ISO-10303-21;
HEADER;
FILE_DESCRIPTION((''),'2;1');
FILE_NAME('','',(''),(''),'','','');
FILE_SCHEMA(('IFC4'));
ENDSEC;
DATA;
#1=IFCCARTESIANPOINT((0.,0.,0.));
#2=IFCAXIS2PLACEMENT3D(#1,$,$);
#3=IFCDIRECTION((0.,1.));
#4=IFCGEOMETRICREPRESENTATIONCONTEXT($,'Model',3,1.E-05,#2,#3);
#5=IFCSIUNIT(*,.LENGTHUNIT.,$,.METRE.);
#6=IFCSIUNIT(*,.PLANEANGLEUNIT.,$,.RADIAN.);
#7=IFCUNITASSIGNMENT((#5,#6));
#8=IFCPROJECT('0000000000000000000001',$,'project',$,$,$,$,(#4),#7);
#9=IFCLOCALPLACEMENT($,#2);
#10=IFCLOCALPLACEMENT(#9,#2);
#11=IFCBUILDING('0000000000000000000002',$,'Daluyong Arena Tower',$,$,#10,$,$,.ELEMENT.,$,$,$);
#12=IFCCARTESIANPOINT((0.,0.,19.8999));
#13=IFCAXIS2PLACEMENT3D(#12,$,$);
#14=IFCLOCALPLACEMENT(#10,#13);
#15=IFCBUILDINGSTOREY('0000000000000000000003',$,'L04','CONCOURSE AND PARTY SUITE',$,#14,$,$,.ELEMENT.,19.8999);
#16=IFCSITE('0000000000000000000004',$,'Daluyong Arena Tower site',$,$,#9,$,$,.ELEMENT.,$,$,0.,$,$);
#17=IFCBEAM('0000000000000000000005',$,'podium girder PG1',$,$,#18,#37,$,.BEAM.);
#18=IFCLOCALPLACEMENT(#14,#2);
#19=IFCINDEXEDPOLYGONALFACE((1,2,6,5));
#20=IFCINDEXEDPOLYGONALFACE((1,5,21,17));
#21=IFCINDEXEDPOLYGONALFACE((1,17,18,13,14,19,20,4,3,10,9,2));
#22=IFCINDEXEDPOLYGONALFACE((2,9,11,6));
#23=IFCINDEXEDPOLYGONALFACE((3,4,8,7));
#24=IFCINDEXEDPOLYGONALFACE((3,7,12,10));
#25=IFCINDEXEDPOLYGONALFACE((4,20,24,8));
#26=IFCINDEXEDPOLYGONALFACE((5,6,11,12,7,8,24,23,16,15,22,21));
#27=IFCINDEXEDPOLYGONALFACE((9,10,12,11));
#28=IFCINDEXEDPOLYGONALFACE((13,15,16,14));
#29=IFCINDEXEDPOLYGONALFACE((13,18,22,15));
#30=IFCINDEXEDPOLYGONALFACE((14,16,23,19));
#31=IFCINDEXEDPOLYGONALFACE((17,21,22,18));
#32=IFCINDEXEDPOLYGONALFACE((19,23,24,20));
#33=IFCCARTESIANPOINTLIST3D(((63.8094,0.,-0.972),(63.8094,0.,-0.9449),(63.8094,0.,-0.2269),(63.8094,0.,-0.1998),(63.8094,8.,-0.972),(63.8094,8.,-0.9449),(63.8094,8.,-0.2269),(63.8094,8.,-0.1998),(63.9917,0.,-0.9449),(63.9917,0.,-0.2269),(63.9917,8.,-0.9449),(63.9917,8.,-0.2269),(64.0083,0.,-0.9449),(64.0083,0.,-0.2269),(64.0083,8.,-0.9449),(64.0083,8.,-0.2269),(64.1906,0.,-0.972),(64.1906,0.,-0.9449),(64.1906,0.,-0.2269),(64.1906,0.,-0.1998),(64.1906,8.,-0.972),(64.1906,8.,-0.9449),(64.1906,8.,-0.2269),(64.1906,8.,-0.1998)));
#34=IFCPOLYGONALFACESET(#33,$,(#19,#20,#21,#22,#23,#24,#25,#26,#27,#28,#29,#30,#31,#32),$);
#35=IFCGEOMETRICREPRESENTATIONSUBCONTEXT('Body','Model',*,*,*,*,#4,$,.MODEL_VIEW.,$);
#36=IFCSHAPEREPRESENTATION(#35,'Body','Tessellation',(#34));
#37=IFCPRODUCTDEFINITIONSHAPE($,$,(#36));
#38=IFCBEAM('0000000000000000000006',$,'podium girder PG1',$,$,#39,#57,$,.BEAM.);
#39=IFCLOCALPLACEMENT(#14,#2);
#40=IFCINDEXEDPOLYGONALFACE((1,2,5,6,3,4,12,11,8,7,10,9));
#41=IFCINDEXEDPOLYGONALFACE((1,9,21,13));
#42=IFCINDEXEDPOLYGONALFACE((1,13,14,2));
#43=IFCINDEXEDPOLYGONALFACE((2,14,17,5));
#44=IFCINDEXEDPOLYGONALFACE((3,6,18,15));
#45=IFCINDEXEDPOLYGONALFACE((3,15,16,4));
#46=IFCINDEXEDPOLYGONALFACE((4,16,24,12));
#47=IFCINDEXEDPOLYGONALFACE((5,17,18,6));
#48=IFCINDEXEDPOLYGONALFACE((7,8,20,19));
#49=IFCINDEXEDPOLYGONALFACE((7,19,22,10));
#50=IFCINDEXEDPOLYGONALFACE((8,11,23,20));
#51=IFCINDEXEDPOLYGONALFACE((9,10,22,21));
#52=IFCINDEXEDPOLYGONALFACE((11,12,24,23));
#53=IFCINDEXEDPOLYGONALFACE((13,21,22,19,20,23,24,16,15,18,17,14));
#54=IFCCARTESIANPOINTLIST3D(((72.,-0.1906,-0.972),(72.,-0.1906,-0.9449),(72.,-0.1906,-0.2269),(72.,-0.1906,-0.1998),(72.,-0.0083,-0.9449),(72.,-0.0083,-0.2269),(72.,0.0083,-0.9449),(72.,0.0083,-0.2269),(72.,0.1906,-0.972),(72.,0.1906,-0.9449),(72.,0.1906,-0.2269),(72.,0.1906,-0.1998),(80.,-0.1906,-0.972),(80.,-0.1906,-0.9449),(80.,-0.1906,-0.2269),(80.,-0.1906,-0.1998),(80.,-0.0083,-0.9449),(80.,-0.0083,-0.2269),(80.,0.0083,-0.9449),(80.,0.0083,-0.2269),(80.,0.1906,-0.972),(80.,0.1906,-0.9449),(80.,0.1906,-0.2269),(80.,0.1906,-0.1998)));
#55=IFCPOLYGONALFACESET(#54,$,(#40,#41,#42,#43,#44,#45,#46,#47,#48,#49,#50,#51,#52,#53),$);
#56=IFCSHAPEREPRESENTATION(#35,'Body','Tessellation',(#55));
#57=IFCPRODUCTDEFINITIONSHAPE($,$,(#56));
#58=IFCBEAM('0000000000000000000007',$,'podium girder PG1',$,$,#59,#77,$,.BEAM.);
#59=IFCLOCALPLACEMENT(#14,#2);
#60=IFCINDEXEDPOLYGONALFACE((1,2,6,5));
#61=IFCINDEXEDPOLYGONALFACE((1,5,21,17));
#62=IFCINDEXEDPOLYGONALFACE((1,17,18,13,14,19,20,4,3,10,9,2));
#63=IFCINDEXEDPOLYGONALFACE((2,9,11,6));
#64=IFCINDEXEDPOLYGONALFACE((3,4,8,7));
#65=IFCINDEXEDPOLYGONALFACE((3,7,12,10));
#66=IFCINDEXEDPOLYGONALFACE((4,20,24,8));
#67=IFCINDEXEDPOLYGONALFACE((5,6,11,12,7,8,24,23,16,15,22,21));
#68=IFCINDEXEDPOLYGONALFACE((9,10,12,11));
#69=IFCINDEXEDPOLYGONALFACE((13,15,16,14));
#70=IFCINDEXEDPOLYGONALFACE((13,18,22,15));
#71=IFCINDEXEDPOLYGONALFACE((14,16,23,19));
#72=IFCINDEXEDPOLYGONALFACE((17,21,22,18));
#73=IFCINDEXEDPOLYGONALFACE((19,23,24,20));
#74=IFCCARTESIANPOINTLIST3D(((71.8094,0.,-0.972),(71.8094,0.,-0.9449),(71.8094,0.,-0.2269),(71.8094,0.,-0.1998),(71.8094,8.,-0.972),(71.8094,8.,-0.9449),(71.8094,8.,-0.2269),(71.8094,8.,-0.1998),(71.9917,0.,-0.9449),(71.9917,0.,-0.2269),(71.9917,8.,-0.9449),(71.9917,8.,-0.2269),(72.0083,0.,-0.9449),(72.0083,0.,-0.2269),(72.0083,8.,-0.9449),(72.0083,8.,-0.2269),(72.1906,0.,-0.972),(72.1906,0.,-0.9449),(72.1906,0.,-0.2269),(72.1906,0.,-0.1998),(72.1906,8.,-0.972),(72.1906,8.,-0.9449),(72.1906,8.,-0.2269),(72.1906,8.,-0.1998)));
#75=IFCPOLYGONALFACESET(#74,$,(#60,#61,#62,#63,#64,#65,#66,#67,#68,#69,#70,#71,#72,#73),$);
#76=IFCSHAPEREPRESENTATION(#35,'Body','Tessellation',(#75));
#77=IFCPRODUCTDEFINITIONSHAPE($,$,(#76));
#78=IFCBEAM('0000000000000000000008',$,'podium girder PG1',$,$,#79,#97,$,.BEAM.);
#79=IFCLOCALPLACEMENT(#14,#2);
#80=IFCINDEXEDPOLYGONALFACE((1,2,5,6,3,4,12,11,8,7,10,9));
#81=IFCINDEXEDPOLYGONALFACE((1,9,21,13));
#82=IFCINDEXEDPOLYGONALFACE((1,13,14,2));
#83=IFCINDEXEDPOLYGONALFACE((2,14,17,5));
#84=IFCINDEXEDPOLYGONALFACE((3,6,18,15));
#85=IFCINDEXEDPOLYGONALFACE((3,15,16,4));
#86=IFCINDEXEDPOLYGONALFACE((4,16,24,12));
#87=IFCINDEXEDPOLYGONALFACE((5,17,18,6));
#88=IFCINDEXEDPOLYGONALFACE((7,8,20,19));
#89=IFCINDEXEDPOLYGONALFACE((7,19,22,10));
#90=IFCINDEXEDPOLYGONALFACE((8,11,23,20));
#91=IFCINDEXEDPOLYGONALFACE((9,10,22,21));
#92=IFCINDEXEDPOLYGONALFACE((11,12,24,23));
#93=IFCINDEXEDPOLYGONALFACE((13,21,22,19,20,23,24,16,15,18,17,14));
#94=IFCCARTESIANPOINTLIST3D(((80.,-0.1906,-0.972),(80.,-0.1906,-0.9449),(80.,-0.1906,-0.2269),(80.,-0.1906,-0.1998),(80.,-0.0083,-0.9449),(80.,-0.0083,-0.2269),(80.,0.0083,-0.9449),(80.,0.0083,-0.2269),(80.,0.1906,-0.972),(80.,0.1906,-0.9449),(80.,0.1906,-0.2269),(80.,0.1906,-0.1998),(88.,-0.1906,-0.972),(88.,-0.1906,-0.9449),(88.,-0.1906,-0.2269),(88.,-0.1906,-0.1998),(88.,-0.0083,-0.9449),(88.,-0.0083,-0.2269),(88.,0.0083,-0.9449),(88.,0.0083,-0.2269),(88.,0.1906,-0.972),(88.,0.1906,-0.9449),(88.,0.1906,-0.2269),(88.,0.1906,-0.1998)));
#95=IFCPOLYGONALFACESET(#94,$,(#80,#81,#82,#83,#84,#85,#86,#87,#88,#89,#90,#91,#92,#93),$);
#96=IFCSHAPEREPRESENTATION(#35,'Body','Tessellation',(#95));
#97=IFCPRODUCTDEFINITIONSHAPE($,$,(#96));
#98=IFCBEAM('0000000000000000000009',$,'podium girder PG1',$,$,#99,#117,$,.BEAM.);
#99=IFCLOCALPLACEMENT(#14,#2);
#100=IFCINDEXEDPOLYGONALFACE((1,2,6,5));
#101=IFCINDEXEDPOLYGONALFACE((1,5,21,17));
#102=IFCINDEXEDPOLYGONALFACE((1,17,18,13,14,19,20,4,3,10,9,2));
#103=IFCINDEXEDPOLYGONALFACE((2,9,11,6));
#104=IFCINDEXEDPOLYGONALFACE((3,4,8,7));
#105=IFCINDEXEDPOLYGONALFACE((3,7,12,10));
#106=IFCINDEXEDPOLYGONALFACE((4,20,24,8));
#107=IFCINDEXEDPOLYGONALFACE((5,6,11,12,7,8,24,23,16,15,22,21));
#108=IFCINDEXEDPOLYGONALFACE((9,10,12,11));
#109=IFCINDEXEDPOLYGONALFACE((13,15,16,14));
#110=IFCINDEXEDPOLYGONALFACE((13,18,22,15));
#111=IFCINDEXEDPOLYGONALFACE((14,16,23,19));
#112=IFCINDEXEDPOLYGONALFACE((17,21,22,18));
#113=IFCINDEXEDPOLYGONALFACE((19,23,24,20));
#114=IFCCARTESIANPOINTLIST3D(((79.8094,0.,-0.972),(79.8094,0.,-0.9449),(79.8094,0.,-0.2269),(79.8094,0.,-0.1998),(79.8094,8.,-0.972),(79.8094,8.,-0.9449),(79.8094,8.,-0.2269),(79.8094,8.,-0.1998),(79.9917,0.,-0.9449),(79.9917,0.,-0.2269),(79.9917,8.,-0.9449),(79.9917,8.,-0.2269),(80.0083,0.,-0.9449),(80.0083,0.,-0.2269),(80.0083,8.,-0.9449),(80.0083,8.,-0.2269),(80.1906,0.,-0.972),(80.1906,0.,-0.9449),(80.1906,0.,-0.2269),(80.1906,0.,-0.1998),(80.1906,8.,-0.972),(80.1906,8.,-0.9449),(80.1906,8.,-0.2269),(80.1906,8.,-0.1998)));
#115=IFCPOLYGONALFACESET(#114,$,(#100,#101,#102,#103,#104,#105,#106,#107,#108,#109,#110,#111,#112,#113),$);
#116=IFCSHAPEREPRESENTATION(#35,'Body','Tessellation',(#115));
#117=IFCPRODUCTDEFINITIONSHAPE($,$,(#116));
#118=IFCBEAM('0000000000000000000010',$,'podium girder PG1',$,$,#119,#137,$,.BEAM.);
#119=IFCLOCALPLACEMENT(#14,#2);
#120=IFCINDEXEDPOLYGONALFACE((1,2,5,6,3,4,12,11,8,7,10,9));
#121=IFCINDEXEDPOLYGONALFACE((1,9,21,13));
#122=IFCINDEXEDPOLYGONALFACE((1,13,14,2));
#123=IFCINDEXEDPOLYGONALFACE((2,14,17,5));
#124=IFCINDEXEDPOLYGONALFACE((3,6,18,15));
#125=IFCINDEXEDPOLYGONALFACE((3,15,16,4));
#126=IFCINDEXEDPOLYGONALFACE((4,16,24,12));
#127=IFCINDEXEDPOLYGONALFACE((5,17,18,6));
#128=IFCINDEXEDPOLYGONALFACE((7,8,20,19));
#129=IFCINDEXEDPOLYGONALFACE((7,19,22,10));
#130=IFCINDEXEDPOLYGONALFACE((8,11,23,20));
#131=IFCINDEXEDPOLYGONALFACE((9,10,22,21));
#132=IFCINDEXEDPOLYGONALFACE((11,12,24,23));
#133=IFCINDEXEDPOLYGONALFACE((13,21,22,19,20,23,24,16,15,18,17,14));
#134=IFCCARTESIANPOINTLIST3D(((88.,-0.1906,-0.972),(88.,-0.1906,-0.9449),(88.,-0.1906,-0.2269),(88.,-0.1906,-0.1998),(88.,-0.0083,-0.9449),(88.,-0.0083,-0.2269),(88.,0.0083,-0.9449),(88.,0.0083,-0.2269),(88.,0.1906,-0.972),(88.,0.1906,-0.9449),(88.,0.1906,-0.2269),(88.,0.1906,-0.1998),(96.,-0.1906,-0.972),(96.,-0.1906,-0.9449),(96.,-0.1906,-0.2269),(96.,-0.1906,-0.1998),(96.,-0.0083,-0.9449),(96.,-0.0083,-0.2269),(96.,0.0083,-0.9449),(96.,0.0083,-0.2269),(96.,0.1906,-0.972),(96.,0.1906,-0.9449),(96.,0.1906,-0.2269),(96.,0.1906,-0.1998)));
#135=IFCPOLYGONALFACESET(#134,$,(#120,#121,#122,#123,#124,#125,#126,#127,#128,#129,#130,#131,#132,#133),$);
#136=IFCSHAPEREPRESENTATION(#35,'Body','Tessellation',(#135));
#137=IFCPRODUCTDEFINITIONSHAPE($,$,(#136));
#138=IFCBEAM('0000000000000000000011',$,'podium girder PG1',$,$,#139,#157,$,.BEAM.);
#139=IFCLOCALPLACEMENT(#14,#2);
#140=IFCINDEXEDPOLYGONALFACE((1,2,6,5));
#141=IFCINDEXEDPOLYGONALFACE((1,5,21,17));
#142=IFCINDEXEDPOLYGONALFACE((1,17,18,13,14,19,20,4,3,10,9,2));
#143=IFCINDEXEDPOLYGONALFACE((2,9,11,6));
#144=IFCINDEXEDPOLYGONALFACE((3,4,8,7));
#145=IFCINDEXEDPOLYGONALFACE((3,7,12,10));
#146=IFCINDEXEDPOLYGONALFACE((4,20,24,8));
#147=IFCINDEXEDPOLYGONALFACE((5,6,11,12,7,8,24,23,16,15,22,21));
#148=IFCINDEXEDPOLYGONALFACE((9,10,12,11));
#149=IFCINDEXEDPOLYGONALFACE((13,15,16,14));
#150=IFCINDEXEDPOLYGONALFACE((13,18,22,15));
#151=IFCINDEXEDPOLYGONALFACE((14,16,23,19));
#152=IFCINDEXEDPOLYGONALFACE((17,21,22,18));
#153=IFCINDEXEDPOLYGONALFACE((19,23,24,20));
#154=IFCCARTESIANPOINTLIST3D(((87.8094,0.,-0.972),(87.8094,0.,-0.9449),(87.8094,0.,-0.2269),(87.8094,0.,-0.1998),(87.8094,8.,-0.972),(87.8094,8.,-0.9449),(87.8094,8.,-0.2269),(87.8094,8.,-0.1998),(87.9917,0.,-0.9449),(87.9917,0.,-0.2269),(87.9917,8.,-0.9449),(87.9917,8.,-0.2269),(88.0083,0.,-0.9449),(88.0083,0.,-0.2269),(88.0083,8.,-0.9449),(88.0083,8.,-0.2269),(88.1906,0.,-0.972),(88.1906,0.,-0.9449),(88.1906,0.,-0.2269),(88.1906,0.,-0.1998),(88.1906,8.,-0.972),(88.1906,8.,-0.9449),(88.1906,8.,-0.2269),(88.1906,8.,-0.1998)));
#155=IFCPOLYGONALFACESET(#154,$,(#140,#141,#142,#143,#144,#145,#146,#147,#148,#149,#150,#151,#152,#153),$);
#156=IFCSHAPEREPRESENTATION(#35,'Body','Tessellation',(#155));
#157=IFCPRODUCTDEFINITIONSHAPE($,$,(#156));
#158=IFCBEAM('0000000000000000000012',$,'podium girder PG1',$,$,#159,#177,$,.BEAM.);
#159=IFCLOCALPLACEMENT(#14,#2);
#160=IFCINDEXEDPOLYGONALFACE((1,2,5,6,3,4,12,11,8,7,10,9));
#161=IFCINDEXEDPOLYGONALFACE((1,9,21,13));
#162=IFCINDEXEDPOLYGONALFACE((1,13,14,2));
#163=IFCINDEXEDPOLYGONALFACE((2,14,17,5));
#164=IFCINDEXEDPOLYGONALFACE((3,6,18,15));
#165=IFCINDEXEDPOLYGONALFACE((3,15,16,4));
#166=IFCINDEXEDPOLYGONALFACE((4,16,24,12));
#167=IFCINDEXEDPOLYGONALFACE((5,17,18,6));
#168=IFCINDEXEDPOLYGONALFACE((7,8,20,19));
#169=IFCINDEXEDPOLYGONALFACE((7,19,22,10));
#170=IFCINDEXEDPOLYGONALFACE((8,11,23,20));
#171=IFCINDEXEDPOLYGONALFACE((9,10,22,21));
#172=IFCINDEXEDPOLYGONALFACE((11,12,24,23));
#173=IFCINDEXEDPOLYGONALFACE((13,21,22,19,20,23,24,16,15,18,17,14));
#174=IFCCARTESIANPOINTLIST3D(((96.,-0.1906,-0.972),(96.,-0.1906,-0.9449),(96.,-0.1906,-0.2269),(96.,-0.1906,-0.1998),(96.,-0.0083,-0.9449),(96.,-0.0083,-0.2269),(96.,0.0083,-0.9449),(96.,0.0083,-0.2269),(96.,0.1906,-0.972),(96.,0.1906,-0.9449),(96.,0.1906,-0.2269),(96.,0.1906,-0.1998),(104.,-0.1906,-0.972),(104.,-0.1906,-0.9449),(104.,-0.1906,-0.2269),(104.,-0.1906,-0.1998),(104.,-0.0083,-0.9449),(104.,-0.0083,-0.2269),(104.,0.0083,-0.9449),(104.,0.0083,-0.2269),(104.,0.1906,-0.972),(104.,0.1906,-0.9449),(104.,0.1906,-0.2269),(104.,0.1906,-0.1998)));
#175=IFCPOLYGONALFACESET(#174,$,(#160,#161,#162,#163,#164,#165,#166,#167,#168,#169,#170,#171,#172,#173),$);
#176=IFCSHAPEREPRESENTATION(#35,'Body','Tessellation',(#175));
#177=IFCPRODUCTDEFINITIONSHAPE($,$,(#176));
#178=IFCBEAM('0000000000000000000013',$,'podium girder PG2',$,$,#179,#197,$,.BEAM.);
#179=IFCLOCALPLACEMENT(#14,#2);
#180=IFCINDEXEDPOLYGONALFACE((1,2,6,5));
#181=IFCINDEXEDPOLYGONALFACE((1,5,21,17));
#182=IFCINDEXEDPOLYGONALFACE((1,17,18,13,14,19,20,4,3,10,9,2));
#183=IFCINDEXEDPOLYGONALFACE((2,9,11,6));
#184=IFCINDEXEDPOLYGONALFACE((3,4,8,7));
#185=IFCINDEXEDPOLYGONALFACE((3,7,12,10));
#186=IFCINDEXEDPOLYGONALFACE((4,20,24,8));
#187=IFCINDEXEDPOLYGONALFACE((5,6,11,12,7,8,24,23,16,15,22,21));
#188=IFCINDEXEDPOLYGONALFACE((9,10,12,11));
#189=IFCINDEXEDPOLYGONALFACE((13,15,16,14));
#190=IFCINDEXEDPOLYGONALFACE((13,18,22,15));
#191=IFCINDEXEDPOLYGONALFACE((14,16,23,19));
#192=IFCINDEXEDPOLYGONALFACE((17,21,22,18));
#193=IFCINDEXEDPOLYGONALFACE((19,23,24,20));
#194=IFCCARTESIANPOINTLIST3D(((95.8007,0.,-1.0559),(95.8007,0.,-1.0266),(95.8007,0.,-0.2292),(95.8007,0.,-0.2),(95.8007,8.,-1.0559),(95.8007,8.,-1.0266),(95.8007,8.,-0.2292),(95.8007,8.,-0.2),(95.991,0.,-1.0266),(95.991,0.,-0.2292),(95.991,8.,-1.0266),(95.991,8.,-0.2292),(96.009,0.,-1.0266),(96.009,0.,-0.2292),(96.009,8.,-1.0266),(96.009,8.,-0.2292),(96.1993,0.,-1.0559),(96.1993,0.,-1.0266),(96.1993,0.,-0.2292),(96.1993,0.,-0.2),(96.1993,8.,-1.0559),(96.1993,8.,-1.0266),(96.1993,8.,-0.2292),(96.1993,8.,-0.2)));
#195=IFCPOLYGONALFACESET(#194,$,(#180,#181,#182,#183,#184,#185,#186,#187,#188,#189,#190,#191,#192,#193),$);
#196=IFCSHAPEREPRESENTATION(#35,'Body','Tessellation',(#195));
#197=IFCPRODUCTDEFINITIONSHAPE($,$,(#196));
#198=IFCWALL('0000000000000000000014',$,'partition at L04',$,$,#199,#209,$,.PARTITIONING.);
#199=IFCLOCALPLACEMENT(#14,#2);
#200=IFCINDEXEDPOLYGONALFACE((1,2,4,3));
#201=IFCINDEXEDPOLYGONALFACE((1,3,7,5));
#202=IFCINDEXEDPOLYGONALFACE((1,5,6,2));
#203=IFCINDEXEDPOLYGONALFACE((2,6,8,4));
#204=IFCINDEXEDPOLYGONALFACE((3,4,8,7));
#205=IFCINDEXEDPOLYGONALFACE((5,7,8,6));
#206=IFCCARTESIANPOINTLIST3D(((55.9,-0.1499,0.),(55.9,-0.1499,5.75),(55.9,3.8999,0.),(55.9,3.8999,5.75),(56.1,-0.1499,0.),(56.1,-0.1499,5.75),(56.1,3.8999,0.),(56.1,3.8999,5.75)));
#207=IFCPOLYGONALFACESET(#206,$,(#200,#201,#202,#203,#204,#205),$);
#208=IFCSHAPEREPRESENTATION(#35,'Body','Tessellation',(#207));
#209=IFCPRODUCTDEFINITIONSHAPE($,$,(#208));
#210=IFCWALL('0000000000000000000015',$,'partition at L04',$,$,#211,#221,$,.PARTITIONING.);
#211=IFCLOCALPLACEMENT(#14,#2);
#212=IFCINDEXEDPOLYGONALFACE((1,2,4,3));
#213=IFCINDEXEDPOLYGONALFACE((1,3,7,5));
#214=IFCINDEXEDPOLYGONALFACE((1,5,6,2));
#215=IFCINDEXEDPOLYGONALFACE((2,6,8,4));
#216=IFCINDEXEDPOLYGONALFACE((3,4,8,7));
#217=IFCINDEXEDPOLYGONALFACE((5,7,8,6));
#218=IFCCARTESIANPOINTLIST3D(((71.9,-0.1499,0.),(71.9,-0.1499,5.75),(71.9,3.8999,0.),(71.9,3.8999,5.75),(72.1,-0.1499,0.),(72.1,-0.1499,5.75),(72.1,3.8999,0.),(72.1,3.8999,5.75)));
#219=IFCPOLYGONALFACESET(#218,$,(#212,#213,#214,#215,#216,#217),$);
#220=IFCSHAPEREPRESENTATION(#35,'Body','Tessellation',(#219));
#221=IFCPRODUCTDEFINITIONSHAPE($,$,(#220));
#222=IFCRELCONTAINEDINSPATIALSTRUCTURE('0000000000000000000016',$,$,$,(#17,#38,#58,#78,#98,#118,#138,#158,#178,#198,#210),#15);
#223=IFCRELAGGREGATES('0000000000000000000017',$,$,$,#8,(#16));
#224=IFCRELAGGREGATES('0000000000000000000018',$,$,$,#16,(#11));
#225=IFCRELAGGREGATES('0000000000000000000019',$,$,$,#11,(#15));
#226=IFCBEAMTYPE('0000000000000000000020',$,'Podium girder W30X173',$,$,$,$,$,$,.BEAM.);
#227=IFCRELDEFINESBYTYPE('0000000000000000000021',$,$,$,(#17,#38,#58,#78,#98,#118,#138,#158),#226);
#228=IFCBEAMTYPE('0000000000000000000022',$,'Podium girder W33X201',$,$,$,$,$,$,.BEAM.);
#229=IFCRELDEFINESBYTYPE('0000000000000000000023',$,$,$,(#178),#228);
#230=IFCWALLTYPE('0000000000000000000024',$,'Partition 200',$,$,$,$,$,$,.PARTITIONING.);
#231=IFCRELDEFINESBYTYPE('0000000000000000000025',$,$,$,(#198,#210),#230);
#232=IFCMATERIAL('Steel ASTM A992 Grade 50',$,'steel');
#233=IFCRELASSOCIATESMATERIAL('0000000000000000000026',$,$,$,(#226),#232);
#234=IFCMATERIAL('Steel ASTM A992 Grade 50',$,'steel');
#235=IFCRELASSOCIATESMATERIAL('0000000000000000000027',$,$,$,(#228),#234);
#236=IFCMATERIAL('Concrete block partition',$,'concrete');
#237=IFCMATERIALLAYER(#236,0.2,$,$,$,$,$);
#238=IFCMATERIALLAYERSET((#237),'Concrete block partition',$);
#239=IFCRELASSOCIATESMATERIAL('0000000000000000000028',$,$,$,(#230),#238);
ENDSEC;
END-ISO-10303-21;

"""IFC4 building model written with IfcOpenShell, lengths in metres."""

from ifc_helpers import new_model, si_unit, direction, frame, frame_2d, origin, origin_2d, place, context, subcontext, project, spatial, rectangle, i_section, extrude, material, layer, layer_set, material_profile, profile_set, type_object, element, save


model = new_model("IFC4")

# Units and contexts
model_context = context("Model", 3, precision=1e-05, world=origin(), true_north=direction((0.0, 1.0)))
body_context = subcontext(model_context, "Body", "Model", "MODEL_VIEW")
ifc_project = project(units=[si_unit("LENGTHUNIT", "METRE"), si_unit("PLANEANGLEUNIT", "RADIAN")], contexts=[model_context])

# Site, building, storey
site_placement = place(None, origin())
site = spatial("IfcSite", under=ifc_project, at=site_placement, Name="Daluyong Arena Tower site", CompositionType="ELEMENT", RefElevation=0.0)
building_placement = place(site_placement, origin())
building = spatial("IfcBuilding", under=site, at=building_placement, Name="Daluyong Arena Tower", CompositionType="ELEMENT")
storey_placement = place(building_placement, frame((0.0, 0.0, 19.8999)))
storey = spatial("IfcBuildingStorey", under=building, at=storey_placement, Name="L04", Description="CONCOURSE AND PARTY SUITE", CompositionType="ELEMENT", Elevation=19.8999)

# Beams
ifc_material_1 = material(Name="Steel ASTM A992 Grade 50", Category="steel")
ifc_material_profile_1 = material_profile(ifc_material_1, i_section(OverallWidth=0.3811, OverallDepth=0.7722, WebThickness=0.0166, FlangeThickness=0.0271, at=origin_2d()))
ifc_profile_set_1 = profile_set([ifc_material_profile_1], Name="Steel ASTM A992 Grade 50")
beam_type_1 = type_object("IfcBeamType", Name="Podium girder W30X173", PredefinedType="BEAM", material=ifc_profile_set_1)
for number, where, z_axis, x_axis, name in (
    (1, (64.0, 0.0, -0.5859), (0.0, 1.0, 0.0), (-1.0, 0.0, 0.0), "podium girder PG1"),
    (2, (72.0, 0.0, -0.5859), (1.0, 0.0, 0.0), (0.0, 1.0, 0.0), "podium girder PG1"),
    (3, (72.0, 0.0, -0.5859), (0.0, 1.0, 0.0), (-1.0, 0.0, 0.0), "podium girder PG1"),
    (4, (80.0, 0.0, -0.5859), (1.0, 0.0, 0.0), (0.0, 1.0, 0.0), "podium girder PG1"),
    (5, (80.0, 0.0, -0.5859), (0.0, 1.0, 0.0), (-1.0, 0.0, 0.0), "podium girder PG1"),
    (6, (88.0, 0.0, -0.5859), (1.0, 0.0, 0.0), (0.0, 1.0, 0.0), "podium girder PG1"),
    (7, (88.0, 0.0, -0.5859), (0.0, 1.0, 0.0), (-1.0, 0.0, 0.0), "podium girder PG1"),
    (8, (96.0, 0.0, -0.5859), (1.0, 0.0, 0.0), (0.0, 1.0, 0.0), "podium girder PG1"),
):
    element("IfcBeam", number, at=place(storey_placement, frame(where, z_axis=z_axis, x_axis=x_axis)), inside=storey, type_object=beam_type_1, Name=name, PredefinedType="BEAM", context=body_context, shape_type="SweptSolid", body=[
        extrude(i_section(OverallWidth=0.3811, OverallDepth=0.7722, WebThickness=0.0166, FlangeThickness=0.0271, at=origin_2d()), origin(), (0.0, 0.0, 1.0), 8.0),
    ])
ifc_material_2 = material(Name="Steel ASTM A992 Grade 50", Category="steel")
ifc_material_profile_2 = material_profile(ifc_material_2, i_section(OverallWidth=0.3987, OverallDepth=0.856, WebThickness=0.0181, FlangeThickness=0.0293, at=origin_2d()))
ifc_profile_set_2 = profile_set([ifc_material_profile_2], Name="Steel ASTM A992 Grade 50")
beam_type_2 = type_object("IfcBeamType", Name="Podium girder W33X201", PredefinedType="BEAM", material=ifc_profile_set_2)
beam_placement = place(storey_placement, frame((96.0, 0.0, -0.6279), z_axis=(0.0, 1.0, 0.0), x_axis=(-1.0, 0.0, 0.0)))
element("IfcBeam", 9, at=beam_placement, inside=storey, type_object=beam_type_2, Name="podium girder PG2", PredefinedType="BEAM", context=body_context, shape_type="SweptSolid", body=[
    extrude(i_section(OverallWidth=0.3987, OverallDepth=0.856, WebThickness=0.0181, FlangeThickness=0.0293, at=origin_2d()), origin(), (0.0, 0.0, 1.0), 8.0),
])

# Walls
ifc_material_3 = material(Name="Concrete block partition", Category="concrete")
ifc_layer_1 = layer(ifc_material_3, 0.2)
ifc_layer_set_1 = layer_set([ifc_layer_1], Name="Concrete block partition")
wall_type_1 = type_object("IfcWallType", Name="Partition 200", PredefinedType="PARTITIONING", material=ifc_layer_set_1)
for number, where, z_axis, x_axis, name in (
    (10, (56.0, -0.1499, 0.0), (0.0, 0.0, 1.0), (0.0, 1.0, 0.0), "partition at L04"),
    (11, (72.0, -0.1499, 0.0), (0.0, 0.0, 1.0), (0.0, 1.0, 0.0), "partition at L04"),
):
    element("IfcWall", number, at=place(storey_placement, frame(where, z_axis=z_axis, x_axis=x_axis)), inside=storey, type_object=wall_type_1, Name=name, PredefinedType="PARTITIONING", context=body_context, shape_type="SweptSolid", body=[
        extrude(rectangle(XDim=4.0498, YDim=0.2, at=frame_2d((2.0249, 0.0))), origin(), (0.0, 0.0, 1.0), 5.75),
    ])

save(model, "model.ifc")
